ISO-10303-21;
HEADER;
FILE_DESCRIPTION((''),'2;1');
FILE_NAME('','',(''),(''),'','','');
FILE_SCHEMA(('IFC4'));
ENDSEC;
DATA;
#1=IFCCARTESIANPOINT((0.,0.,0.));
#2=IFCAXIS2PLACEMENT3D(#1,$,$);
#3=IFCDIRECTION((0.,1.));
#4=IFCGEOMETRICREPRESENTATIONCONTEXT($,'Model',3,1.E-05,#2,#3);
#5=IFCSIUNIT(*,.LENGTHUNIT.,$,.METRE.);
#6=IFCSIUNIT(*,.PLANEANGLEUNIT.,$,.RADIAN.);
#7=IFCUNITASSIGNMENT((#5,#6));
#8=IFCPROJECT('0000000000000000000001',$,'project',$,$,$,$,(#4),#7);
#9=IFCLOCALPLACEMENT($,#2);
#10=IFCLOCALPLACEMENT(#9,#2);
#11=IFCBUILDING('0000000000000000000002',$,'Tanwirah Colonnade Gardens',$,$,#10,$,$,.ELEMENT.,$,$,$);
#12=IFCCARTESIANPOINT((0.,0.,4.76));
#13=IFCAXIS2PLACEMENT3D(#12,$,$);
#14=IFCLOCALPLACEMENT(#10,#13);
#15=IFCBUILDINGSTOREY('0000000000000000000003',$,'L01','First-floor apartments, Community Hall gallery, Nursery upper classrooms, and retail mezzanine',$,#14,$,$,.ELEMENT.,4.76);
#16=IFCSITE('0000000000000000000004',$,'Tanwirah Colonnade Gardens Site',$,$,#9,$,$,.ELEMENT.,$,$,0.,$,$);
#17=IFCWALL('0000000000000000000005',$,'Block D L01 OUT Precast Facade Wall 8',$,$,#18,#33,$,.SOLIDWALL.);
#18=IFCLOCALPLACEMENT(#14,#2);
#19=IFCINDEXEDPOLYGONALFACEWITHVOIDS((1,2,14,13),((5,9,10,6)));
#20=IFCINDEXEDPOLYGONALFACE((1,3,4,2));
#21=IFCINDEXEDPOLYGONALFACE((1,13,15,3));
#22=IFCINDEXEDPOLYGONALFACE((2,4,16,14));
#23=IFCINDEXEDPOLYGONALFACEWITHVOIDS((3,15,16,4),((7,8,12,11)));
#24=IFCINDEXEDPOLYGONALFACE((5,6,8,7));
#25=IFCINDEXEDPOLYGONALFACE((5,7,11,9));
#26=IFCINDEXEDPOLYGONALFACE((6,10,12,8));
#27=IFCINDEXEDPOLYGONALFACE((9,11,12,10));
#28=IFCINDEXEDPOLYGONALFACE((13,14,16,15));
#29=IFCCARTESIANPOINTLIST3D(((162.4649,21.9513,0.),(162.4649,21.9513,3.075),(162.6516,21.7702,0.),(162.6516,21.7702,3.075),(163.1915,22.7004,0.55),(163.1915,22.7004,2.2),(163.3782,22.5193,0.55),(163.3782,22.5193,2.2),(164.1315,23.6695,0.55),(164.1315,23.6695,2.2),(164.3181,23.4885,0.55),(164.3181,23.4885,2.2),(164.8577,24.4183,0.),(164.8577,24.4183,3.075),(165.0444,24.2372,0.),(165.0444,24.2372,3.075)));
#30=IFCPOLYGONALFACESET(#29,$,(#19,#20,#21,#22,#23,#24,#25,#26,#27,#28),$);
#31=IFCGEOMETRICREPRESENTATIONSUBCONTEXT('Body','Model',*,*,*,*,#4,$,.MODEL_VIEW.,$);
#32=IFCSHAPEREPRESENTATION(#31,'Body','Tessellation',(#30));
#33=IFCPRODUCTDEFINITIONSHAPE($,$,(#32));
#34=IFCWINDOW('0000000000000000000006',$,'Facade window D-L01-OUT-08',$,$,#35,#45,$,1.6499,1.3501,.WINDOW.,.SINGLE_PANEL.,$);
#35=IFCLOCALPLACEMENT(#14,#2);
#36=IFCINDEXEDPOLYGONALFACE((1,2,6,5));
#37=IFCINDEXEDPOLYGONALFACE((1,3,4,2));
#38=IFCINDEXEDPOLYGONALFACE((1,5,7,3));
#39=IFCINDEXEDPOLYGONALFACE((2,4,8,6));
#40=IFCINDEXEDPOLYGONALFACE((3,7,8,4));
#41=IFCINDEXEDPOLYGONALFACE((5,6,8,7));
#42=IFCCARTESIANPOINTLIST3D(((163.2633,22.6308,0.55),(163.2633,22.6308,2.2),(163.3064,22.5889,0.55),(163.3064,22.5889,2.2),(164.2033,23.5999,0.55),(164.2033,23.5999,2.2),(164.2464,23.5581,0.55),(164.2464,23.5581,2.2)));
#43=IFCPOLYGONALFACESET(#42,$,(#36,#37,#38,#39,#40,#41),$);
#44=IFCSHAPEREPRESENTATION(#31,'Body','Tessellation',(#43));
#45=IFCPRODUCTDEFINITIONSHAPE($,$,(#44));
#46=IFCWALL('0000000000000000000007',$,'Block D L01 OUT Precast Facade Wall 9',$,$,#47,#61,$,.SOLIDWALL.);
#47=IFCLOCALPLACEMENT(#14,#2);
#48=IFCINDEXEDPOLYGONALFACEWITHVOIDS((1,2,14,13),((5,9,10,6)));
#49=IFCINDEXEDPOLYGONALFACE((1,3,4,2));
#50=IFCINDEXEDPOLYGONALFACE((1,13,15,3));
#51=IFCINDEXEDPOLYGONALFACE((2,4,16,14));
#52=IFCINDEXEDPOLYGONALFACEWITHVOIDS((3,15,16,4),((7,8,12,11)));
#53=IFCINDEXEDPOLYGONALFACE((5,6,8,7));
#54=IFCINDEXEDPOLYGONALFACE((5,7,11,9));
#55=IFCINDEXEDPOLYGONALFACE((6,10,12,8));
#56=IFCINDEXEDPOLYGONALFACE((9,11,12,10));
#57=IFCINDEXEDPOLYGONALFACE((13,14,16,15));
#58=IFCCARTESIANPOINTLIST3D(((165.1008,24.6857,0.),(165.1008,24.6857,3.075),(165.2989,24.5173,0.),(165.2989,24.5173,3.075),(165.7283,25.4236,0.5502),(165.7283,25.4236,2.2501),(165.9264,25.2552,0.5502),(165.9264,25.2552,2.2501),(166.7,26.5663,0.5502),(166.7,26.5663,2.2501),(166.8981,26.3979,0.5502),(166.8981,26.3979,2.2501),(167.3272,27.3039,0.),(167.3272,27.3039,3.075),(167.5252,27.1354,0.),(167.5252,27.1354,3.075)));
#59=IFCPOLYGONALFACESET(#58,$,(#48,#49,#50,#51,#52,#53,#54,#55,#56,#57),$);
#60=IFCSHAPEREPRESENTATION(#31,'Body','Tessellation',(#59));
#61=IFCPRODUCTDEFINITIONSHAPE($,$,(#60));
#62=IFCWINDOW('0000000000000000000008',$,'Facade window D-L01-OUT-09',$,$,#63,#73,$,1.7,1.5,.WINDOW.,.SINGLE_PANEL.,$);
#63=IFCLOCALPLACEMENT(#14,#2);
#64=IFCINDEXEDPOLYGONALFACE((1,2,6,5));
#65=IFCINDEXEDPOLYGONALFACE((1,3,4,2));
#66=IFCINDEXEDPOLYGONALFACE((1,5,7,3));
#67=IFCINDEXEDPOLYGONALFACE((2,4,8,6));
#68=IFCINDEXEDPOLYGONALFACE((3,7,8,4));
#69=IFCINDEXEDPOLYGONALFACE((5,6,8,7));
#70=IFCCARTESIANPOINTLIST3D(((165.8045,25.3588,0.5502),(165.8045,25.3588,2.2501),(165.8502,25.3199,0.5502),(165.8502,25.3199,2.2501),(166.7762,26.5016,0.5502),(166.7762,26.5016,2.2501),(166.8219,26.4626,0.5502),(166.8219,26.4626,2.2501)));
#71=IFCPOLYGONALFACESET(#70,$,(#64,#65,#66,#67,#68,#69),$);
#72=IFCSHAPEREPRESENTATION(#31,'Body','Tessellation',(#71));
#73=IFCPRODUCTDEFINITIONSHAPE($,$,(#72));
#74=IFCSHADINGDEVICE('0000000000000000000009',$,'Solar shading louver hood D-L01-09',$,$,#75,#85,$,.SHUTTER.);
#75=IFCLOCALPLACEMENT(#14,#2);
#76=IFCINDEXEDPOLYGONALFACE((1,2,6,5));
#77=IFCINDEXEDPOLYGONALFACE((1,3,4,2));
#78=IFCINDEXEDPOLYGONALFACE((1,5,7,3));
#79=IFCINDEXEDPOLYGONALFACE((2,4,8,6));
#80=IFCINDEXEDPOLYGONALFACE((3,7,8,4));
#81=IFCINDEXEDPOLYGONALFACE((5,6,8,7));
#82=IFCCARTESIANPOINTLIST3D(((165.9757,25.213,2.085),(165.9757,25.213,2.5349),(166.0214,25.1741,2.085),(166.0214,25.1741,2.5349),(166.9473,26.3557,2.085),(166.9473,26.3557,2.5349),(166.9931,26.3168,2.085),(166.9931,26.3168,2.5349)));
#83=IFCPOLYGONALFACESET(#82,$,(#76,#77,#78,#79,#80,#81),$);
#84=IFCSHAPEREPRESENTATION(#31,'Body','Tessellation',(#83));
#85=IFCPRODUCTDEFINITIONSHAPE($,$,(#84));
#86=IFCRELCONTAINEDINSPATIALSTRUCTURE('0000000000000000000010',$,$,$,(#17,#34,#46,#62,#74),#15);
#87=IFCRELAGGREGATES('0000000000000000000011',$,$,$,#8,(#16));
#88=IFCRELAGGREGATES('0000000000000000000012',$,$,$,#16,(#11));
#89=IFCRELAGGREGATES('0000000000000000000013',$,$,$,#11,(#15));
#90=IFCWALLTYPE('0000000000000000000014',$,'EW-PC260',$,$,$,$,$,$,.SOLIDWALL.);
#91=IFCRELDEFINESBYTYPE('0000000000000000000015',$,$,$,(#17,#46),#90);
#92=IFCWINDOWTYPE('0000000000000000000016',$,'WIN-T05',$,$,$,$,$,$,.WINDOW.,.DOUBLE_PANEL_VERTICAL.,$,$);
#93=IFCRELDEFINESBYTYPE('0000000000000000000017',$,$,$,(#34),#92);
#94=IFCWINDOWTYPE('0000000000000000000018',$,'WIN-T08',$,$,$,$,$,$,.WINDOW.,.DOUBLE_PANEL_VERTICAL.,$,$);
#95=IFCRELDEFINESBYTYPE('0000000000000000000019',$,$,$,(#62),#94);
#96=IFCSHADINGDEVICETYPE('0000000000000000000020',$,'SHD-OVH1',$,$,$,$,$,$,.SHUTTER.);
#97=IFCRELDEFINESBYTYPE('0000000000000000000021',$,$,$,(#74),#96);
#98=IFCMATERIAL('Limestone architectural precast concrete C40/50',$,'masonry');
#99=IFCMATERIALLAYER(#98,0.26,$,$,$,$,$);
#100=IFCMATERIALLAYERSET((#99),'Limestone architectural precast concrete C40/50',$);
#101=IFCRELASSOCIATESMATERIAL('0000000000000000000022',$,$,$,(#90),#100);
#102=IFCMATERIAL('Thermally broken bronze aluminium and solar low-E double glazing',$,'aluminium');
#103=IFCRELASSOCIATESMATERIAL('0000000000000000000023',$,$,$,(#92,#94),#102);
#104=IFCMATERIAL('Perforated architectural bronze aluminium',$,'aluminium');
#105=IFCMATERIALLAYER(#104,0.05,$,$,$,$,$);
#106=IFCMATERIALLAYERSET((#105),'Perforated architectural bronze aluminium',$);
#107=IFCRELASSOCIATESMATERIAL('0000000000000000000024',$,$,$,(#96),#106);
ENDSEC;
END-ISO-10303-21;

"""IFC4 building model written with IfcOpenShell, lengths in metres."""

from ifc_helpers import new_model, si_unit, direction, frame, frame_2d, origin, origin_2d, place, context, subcontext, project, spatial, rectangle, extrude, material, layer, layer_set, type_object, element, fill, save


model = new_model("IFC4")

# Units and contexts
model_context = context("Model", 3, precision=1e-05, world=origin(), true_north=direction((0.0, 1.0)))
body_context = subcontext(model_context, "Body", "Model", "MODEL_VIEW")
ifc_project = project(units=[si_unit("LENGTHUNIT", "METRE"), si_unit("PLANEANGLEUNIT", "RADIAN")], contexts=[model_context])

# Site, building, storey
site_placement = place(None, origin())
site = spatial("IfcSite", under=ifc_project, at=site_placement, Name="Tanwirah Colonnade Gardens Site", CompositionType="ELEMENT", RefElevation=0.0)
building_placement = place(site_placement, origin())
building = spatial("IfcBuilding", under=site, at=building_placement, Name="Tanwirah Colonnade Gardens", CompositionType="ELEMENT")
storey_placement = place(building_placement, frame((0.0, 0.0, 4.76)))
storey = spatial("IfcBuildingStorey", under=building, at=storey_placement, Name="L01", Description="First-floor apartments, Community Hall gallery, Nursery upper classrooms, and retail mezzanine", CompositionType="ELEMENT", Elevation=4.76)

# Shared definitions
ifc_material_1 = material(Name="Limestone architectural precast concrete C40/50", Category="masonry")
ifc_layer_1 = layer(ifc_material_1, 0.26)
ifc_layer_set_1 = layer_set([ifc_layer_1], Name="Limestone architectural precast concrete C40/50")
wall_type_1 = type_object("IfcWallType", Name="EW-PC260", PredefinedType="SOLIDWALL", material=ifc_layer_set_1)

# Walls, openings, windows
ifc_material_2 = material(Name="Thermally broken bronze aluminium and solar low-E double glazing", Category="aluminium")
wall_1_placement = place(storey_placement, frame((162.5583, 21.8608, 0.0), z_axis=(0.0, 0.0, 1.0), x_axis=(0.696227, 0.717822, 0.0)))
wall_1 = element("IfcWall", 1, at=wall_1_placement, inside=storey, type_object=wall_type_1, Name="Block D L01 OUT Precast Facade Wall 8", PredefinedType="SOLIDWALL", context=body_context, shape_type="SweptSolid", body=[
    extrude(rectangle(XDim=3.4368, YDim=0.26, at=frame_2d((1.7183, 0.0))), origin(), (0.0, 0.0, 1.0), 3.075),
])
opening_1_placement = place(wall_1_placement, frame((1.0435, 0.0, 0.55)))
opening_1 = element("IfcOpeningElement", 2, at=opening_1_placement, cuts=wall_1, PredefinedType="OPENING", context=body_context, shape_type="SweptSolid", body=[
    extrude(rectangle(XDim=1.3501, YDim=1.6499, at=frame_2d((0.675, 0.825))), frame((0.0, 0.1399, 0.0), z_axis=(0.0, -1.0, 0.0), x_axis=(1.0, 0.0, 0.0)), (0.0, 0.0, 1.0), 0.28),
])
window_type_1 = type_object("IfcWindowType", Name="WIN-T05", PartitioningType="DOUBLE_PANEL_VERTICAL", PredefinedType="WINDOW", material=ifc_material_2)
window_1_placement = place(opening_1_placement, origin())
window_1 = element("IfcWindow", 3, at=window_1_placement, inside=storey, type_object=window_type_1, Name="Facade window D-L01-OUT-08", OverallHeight=1.6499, OverallWidth=1.3501, PartitioningType="SINGLE_PANEL", PredefinedType="WINDOW", context=body_context, shape_type="SweptSolid", body=[
    extrude(rectangle(XDim=1.3501, YDim=1.6499, at=frame_2d((0.675, 0.825))), frame((0.0, 0.03, 0.0), z_axis=(0.0, -1.0, 0.0), x_axis=(1.0, 0.0, 0.0)), (0.0, 0.0, 1.0), 0.0601),
])
fill(opening_1, window_1)
wall_2_placement = place(storey_placement, frame((165.2, 24.6016, 0.0), z_axis=(0.0, 0.0, 1.0), x_axis=(0.647797, 0.761813, 0.0)))
wall_2 = element("IfcWall", 4, at=wall_2_placement, inside=storey, type_object=wall_type_1, Name="Block D L01 OUT Precast Facade Wall 9", PredefinedType="SOLIDWALL", context=body_context, shape_type="SweptSolid", body=[
    extrude(rectangle(XDim=3.4368, YDim=0.26, at=frame_2d((1.7183, 0.0))), origin(), (0.0, 0.0, 1.0), 3.075),
])
opening_2_placement = place(wall_2_placement, frame((0.9685, 0.0, 0.55)))
opening_2 = element("IfcOpeningElement", 5, at=opening_2_placement, cuts=wall_2, PredefinedType="OPENING", context=body_context, shape_type="SweptSolid", body=[
    extrude(rectangle(XDim=1.5, YDim=1.7, at=frame_2d((0.75, 0.8501))), frame((0.0, 0.1399, 0.0), z_axis=(0.0, -1.0, 0.0), x_axis=(1.0, 0.0, 0.0)), (0.0, 0.0, 1.0), 0.28),
])
window_type_2 = type_object("IfcWindowType", Name="WIN-T08", PartitioningType="DOUBLE_PANEL_VERTICAL", PredefinedType="WINDOW", material=ifc_material_2)
window_2_placement = place(opening_2_placement, origin())
window_2 = element("IfcWindow", 6, at=window_2_placement, inside=storey, type_object=window_type_2, Name="Facade window D-L01-OUT-09", OverallHeight=1.7, OverallWidth=1.5, PartitioningType="SINGLE_PANEL", PredefinedType="WINDOW", context=body_context, shape_type="SweptSolid", body=[
    extrude(rectangle(XDim=1.5, YDim=1.7, at=frame_2d((0.75, 0.8501))), frame((0.0, 0.03, 0.0), z_axis=(0.0, -1.0, 0.0), x_axis=(1.0, 0.0, 0.0)), (0.0, 0.0, 1.0), 0.0601),
])
fill(opening_2, window_2)

# Shading device
ifc_material_3 = material(Name="Perforated architectural bronze aluminium", Category="aluminium")
ifc_layer_2 = layer(ifc_material_3, 0.05)
ifc_layer_set_2 = layer_set([ifc_layer_2], Name="Perforated architectural bronze aluminium")
shading_device_type = type_object("IfcShadingDeviceType", Name="SHD-OVH1", PredefinedType="SHUTTER", material=ifc_layer_set_2)
shading_device_placement = place(storey_placement, frame((166.4844, 25.7649, 2.085), z_axis=(0.0, 0.0, 1.0), x_axis=(0.647787, 0.761822, 0.0)))
element("IfcShadingDevice", 7, at=shading_device_placement, inside=storey, type_object=shading_device_type, Name="Solar shading louver hood D-L01-09", PredefinedType="SHUTTER", context=body_context, shape_type="SweptSolid", body=[
    extrude(rectangle(XDim=1.5, YDim=0.0601, at=origin_2d()), origin(), (0.0, 0.0, 1.0), 0.45),
])

save(model, "model.ifc")
